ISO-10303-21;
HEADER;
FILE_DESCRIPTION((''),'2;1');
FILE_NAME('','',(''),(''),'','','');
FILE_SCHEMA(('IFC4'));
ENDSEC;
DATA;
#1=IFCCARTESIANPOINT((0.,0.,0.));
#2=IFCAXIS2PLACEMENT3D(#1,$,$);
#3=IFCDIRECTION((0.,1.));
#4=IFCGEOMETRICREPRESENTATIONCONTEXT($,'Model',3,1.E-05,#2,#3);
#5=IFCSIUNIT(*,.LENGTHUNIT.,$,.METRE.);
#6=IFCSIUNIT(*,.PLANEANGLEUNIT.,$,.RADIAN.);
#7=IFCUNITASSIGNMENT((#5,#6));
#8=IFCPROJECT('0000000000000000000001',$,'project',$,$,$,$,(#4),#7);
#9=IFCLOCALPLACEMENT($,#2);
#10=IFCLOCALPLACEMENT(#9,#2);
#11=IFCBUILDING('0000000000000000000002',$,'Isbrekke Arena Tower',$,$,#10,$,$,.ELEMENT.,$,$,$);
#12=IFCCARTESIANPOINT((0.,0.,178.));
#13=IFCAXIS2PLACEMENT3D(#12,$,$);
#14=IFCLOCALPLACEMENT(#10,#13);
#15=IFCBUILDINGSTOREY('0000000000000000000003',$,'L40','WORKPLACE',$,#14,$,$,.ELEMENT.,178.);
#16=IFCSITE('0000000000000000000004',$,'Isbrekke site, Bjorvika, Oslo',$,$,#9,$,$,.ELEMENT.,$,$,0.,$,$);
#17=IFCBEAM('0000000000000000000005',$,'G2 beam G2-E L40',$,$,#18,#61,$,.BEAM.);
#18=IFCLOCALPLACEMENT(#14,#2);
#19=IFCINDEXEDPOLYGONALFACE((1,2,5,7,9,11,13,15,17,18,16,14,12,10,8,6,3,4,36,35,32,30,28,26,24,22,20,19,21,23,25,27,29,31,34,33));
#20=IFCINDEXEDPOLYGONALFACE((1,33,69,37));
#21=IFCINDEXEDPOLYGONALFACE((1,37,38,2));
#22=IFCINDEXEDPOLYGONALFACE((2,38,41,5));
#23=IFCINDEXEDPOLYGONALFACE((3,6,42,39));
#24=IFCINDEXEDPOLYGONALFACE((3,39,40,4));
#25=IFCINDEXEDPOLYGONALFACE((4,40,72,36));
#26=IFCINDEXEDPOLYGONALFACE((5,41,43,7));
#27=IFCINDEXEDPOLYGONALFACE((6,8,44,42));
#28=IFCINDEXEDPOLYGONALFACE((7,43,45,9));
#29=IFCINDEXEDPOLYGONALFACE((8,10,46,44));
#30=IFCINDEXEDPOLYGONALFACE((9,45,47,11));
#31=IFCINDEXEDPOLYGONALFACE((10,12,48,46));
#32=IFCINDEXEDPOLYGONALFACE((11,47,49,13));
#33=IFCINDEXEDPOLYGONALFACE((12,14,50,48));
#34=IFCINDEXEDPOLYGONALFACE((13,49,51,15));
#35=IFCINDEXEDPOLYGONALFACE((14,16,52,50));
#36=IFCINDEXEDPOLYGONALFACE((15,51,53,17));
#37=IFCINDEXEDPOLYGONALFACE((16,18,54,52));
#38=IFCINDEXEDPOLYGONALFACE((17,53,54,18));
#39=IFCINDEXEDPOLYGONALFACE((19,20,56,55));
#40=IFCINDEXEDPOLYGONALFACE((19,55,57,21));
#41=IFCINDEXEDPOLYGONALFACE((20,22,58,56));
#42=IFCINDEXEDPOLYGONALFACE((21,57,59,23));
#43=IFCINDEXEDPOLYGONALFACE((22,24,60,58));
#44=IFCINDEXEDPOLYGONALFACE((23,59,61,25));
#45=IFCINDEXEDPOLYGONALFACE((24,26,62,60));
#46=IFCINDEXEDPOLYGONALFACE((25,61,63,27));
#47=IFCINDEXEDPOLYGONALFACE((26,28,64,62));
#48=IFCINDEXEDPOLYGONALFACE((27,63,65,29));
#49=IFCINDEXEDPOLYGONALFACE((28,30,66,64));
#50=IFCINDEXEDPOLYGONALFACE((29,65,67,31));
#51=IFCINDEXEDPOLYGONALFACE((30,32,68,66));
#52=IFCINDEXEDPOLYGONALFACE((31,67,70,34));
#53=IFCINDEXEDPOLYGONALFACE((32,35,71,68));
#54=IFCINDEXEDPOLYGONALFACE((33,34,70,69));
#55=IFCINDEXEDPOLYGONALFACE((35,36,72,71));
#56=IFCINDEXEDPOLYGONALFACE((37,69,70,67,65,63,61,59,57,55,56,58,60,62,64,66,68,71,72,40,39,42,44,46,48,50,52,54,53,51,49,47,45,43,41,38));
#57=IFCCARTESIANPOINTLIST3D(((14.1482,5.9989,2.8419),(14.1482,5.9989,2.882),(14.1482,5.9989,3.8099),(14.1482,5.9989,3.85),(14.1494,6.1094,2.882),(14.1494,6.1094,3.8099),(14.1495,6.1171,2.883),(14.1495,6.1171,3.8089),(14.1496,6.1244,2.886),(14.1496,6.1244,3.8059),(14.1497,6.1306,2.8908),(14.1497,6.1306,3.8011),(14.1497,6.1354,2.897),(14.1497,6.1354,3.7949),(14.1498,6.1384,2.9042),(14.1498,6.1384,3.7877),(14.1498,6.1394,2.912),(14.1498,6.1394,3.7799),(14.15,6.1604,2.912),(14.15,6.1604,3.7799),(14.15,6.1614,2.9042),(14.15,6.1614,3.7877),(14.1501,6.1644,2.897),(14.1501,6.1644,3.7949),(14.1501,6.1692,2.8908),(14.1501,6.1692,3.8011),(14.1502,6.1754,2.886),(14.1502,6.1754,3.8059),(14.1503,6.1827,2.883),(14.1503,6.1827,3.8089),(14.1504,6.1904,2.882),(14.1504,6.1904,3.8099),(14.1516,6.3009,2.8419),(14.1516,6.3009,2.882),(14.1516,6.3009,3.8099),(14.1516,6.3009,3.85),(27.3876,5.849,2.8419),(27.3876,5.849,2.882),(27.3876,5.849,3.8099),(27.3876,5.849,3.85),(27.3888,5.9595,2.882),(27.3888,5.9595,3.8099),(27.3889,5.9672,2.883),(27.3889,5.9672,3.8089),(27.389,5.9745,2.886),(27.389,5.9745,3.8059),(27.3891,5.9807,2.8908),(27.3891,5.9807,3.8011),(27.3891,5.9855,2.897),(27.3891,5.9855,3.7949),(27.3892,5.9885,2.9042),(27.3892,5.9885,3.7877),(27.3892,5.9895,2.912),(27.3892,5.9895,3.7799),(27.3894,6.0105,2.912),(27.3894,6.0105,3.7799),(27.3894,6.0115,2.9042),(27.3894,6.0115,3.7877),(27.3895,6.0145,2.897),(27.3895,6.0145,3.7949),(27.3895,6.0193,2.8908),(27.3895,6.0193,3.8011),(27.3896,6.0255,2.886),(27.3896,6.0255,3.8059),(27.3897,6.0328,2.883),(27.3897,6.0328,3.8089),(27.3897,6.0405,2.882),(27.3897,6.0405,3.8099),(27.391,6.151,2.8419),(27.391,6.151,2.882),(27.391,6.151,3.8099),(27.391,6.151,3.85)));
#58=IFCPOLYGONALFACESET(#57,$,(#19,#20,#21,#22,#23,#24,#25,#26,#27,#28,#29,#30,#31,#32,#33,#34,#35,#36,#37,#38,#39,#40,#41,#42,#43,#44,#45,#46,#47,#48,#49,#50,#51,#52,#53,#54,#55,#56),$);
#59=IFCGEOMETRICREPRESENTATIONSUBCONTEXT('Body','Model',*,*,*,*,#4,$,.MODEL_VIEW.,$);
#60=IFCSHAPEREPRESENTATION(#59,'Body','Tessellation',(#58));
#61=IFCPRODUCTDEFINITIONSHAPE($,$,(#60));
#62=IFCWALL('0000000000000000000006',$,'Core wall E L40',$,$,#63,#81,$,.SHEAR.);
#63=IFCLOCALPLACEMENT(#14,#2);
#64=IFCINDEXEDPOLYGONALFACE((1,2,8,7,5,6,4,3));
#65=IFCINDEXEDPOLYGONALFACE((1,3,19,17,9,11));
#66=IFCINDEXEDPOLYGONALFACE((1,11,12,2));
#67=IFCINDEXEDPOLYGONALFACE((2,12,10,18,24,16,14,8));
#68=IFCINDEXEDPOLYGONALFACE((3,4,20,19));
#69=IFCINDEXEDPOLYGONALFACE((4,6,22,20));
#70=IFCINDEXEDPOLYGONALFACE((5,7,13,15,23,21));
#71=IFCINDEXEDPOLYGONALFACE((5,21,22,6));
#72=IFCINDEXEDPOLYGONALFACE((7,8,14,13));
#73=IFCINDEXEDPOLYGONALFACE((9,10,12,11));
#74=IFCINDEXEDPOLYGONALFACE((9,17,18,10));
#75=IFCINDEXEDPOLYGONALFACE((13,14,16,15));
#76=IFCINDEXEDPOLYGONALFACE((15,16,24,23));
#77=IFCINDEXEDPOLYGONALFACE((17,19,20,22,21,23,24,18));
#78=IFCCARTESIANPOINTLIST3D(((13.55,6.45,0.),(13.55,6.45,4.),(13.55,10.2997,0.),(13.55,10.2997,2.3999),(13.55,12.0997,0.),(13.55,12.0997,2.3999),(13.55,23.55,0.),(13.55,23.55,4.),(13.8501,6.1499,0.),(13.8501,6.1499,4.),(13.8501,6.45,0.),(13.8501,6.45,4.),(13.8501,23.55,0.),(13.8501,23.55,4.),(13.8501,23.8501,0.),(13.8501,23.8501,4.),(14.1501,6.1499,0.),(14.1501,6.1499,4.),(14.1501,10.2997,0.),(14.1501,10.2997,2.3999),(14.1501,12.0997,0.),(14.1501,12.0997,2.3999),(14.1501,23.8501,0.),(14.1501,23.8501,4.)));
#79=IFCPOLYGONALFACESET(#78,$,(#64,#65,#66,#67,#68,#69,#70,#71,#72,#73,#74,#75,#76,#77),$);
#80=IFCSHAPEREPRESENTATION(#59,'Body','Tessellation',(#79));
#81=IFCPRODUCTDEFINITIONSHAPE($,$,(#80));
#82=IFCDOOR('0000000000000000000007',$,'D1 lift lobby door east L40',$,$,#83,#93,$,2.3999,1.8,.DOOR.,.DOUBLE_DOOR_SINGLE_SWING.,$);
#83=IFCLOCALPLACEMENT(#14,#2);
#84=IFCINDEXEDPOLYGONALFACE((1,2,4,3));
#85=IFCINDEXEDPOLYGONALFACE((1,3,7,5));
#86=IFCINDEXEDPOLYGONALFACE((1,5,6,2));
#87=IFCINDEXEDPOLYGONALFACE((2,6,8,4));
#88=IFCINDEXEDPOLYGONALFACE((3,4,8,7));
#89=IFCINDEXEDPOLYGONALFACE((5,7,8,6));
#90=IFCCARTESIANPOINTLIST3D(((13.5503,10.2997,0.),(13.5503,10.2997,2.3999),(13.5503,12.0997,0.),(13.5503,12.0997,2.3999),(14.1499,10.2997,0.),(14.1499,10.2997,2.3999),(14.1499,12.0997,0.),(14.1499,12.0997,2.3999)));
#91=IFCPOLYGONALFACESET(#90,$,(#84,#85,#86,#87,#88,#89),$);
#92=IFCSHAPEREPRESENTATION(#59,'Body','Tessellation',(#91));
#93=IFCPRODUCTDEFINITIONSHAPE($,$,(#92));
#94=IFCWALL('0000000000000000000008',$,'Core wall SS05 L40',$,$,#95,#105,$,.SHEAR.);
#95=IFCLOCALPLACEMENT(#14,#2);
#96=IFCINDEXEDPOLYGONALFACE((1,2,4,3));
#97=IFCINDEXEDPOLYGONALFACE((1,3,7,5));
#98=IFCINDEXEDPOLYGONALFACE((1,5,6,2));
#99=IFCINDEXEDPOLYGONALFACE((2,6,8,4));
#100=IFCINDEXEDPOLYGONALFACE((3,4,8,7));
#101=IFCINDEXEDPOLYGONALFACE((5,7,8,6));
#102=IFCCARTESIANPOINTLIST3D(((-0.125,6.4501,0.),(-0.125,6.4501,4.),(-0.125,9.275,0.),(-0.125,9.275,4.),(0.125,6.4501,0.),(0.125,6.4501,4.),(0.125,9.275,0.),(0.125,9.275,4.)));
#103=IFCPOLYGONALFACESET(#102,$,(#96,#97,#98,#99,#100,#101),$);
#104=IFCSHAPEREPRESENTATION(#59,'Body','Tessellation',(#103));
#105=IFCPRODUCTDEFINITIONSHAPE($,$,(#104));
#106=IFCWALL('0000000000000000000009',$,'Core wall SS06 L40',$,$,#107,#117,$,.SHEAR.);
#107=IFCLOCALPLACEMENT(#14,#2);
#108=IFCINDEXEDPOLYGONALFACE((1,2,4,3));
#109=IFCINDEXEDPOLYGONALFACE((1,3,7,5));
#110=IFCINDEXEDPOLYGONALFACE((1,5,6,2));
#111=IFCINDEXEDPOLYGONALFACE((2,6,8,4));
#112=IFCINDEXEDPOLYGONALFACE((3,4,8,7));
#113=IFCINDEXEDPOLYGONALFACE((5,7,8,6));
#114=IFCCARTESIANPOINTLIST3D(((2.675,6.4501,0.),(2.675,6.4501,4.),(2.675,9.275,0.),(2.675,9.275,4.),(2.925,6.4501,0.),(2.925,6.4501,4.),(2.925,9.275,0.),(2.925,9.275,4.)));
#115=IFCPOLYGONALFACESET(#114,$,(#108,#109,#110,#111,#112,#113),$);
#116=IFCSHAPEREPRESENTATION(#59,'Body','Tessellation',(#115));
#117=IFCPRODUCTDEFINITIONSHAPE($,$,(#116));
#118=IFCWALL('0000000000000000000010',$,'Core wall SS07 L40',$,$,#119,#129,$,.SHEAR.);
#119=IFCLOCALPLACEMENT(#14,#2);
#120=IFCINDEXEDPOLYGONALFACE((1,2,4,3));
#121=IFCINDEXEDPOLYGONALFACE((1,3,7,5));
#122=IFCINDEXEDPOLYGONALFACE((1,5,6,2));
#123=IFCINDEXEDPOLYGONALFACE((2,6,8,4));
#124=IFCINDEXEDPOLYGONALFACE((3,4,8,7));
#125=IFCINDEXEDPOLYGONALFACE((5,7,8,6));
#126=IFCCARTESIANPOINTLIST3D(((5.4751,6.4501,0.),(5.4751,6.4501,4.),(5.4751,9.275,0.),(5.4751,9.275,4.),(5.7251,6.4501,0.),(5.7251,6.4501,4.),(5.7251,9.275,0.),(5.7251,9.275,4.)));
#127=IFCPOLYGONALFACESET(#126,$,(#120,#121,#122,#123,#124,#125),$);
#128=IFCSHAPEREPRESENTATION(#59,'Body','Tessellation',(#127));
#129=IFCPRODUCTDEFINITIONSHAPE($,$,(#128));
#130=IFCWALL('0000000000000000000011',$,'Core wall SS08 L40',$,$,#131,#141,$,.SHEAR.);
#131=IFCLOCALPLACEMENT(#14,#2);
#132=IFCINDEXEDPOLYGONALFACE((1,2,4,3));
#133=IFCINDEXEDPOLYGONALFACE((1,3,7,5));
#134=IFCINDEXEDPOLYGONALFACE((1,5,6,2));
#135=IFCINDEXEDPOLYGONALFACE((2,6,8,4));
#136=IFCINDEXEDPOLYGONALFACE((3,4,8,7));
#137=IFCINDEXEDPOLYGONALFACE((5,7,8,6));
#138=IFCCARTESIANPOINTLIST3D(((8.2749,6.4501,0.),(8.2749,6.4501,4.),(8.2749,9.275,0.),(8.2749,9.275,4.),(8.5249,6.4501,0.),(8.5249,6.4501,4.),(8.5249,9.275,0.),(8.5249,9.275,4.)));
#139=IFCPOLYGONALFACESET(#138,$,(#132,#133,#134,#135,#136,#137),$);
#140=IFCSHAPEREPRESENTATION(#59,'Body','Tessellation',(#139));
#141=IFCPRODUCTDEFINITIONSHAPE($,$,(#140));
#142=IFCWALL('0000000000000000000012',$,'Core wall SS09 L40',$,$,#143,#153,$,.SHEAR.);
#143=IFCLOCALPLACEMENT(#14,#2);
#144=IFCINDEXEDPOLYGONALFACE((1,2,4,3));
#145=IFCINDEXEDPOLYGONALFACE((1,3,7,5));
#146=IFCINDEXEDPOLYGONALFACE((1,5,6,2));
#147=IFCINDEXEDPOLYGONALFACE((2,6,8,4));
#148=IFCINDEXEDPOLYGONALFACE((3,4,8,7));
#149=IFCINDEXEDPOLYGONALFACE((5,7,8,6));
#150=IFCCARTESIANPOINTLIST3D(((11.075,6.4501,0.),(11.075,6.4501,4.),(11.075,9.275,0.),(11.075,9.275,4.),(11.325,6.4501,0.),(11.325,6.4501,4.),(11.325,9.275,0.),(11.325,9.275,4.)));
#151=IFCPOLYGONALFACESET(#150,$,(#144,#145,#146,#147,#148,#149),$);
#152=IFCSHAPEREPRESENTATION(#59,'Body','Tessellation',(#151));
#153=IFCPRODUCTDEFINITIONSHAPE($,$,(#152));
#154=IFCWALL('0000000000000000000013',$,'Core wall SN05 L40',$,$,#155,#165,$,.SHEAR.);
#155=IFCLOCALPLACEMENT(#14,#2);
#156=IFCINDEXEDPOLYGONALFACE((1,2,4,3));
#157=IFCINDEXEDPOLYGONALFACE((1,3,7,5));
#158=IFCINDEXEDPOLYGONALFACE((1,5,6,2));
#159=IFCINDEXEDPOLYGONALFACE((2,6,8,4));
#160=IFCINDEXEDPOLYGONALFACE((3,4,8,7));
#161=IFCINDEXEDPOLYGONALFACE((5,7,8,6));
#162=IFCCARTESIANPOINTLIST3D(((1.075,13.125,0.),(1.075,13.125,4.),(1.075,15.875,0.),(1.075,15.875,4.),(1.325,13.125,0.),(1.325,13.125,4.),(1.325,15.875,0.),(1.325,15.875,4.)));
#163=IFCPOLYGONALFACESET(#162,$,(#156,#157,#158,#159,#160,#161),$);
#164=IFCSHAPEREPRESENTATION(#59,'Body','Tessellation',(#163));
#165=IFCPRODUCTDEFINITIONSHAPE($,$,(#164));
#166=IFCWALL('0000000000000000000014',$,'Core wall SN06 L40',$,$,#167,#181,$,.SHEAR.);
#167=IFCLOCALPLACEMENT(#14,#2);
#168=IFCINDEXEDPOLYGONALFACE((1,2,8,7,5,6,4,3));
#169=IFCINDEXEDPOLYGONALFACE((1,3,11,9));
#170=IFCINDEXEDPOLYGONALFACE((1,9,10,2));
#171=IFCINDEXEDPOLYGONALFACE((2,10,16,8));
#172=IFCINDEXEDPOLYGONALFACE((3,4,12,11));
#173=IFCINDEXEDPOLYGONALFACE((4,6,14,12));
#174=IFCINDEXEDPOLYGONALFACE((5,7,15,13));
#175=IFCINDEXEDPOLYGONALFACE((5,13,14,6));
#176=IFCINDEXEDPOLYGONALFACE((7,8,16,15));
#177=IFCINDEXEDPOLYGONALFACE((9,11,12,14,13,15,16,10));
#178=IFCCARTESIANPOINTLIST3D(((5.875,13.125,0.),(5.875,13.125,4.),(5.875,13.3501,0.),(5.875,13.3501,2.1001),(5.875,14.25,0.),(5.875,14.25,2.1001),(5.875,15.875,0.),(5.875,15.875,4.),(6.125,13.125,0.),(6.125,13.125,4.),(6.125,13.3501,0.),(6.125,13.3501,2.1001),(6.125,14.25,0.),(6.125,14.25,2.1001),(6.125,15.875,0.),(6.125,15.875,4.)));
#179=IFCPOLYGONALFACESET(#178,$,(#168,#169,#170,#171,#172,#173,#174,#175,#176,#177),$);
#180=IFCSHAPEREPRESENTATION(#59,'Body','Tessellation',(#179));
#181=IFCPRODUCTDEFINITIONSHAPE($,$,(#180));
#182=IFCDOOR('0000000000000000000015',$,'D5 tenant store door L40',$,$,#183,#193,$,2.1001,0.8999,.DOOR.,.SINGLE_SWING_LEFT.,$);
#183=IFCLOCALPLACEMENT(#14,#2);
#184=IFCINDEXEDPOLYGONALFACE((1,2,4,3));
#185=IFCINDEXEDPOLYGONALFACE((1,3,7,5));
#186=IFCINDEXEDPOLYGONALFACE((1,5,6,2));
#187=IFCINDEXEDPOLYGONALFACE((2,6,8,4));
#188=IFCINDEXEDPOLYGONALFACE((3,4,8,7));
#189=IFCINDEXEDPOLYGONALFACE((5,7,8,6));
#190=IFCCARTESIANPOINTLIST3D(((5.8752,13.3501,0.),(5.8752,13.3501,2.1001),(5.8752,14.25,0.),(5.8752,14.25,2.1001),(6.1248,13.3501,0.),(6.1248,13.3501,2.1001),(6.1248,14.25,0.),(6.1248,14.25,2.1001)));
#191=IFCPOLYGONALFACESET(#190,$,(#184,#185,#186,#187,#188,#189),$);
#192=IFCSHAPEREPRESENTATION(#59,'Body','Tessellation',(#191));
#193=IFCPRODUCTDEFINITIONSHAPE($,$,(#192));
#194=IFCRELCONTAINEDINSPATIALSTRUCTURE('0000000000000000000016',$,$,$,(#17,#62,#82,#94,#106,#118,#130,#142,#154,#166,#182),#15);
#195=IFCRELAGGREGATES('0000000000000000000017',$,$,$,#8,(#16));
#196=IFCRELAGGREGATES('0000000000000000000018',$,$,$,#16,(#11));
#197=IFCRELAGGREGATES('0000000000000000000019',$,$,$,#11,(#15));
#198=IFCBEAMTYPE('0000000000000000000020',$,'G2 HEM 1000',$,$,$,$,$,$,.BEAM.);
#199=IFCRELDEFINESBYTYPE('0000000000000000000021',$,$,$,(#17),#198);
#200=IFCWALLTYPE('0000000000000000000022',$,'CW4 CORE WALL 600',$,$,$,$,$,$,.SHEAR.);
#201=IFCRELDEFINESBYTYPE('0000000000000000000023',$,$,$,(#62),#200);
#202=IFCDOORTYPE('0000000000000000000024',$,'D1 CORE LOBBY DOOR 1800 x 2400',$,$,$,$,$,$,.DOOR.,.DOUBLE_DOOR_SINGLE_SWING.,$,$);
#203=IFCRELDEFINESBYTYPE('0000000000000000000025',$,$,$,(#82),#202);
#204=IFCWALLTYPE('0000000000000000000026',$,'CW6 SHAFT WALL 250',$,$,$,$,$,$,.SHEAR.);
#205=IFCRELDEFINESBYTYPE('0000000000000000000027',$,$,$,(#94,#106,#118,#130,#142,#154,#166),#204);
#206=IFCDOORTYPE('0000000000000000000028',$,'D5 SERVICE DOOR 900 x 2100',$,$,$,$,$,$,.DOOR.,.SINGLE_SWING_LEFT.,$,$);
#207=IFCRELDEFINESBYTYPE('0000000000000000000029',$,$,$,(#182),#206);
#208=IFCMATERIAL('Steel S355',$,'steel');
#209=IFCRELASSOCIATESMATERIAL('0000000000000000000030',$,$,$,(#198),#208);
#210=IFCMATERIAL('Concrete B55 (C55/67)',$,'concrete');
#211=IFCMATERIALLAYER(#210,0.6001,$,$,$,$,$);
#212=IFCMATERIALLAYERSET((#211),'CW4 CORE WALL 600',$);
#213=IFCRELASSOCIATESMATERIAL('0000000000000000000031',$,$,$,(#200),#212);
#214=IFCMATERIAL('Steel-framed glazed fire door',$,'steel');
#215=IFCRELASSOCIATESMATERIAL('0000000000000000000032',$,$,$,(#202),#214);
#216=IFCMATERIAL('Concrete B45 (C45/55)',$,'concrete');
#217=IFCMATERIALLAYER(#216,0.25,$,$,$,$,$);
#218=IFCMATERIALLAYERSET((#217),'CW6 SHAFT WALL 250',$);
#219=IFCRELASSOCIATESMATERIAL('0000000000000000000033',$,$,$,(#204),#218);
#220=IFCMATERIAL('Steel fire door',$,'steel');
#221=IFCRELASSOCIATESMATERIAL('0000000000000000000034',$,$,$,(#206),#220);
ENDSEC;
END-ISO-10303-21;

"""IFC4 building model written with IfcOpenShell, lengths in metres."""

from ifc_helpers import new_model, si_unit, direction, frame, frame_2d, origin, origin_2d, place, context, subcontext, project, spatial, polyline, rectangle, i_section, outline, extrude, material, layer, layer_set, material_profile, profile_set, type_object, element, fill, save


model = new_model("IFC4")

# Units and contexts
model_context = context("Model", 3, precision=1e-05, world=origin(), true_north=direction((0.0, 1.0)))
body_context = subcontext(model_context, "Body", "Model", "MODEL_VIEW")
ifc_project = project(units=[si_unit("LENGTHUNIT", "METRE"), si_unit("PLANEANGLEUNIT", "RADIAN")], contexts=[model_context])

# Site, building, storey
site_placement = place(None, origin())
site = spatial("IfcSite", under=ifc_project, at=site_placement, Name="Isbrekke site, Bjorvika, Oslo", CompositionType="ELEMENT", RefElevation=0.0)
building_placement = place(site_placement, origin())
building = spatial("IfcBuilding", under=site, at=building_placement, Name="Isbrekke Arena Tower", CompositionType="ELEMENT")
storey_placement = place(building_placement, frame((0.0, 0.0, 178.0)))
storey = spatial("IfcBuildingStorey", under=building, at=storey_placement, Name="L40", Description="WORKPLACE", CompositionType="ELEMENT", Elevation=178.0)

# Beam
ifc_material_1 = material(Name="Steel S355", Category="steel")
ifc_material_profile = material_profile(ifc_material_1, i_section(OverallWidth=0.302, OverallDepth=1.0081, WebThickness=0.021, FlangeThickness=0.04, FilletRadius=0.03, at=origin_2d()), Name="HEM 1000")
ifc_profile_set = profile_set([ifc_material_profile], Name="Steel S355")
beam_type = type_object("IfcBeamType", Name="G2 HEM 1000", PredefinedType="BEAM", material=ifc_profile_set)
beam_placement = place(storey_placement, frame((14.1499, 6.1499, 3.3459), z_axis=(0.999936, -0.011322, 0.0), x_axis=(0.011322, 0.999936, 0.0)))
element("IfcBeam", 1, at=beam_placement, inside=storey, type_object=beam_type, Name="G2 beam G2-E L40", PredefinedType="BEAM", context=body_context, shape_type="SweptSolid", body=[
    extrude(i_section(OverallWidth=0.302, OverallDepth=1.0081, WebThickness=0.021, FlangeThickness=0.04, FilletRadius=0.03, at=origin_2d()), origin(), (0.0, 0.0, 1.0), 13.2402),
])

# Wall, opening, door
ifc_material_2 = material(Name="Concrete B55 (C55/67)", Category="concrete")
ifc_layer_1 = layer(ifc_material_2, 0.6001)
ifc_layer_set_1 = layer_set([ifc_layer_1], Name="CW4 CORE WALL 600")
wall_type_1 = type_object("IfcWallType", Name="CW4 CORE WALL 600", PredefinedType="SHEAR", material=ifc_layer_set_1)
wall_1_placement = place(storey_placement, frame((13.8501, 6.1499, 0.0), z_axis=(0.0, 0.0, 1.0), x_axis=(0.0, 1.0, 0.0)))
wall_1 = element("IfcWall", 2, at=wall_1_placement, inside=storey, type_object=wall_type_1, Name="Core wall E L40", PredefinedType="SHEAR", context=body_context, shape_type="SweptSolid", body=[
    extrude(outline(polyline([(0.0, -0.3), (17.7002, -0.3), (17.7002, 0.0), (17.4001, 0.0), (17.4001, 0.3), (0.3, 0.3), (0.3, 0.0), (0.0, 0.0), (0.0, -0.3)])), origin(), (0.0, 0.0, 1.0), 4.0),
])
opening_1_placement = place(wall_1_placement, frame((4.1499, 0.0, 0.0)))
opening_1 = element("IfcOpeningElement", 3, at=opening_1_placement, cuts=wall_1, PredefinedType="OPENING", context=body_context, shape_type="SweptSolid", body=[
    extrude(rectangle(XDim=1.8, YDim=2.3999, at=frame_2d((0.8999, 1.2))), frame((0.0, 0.3149, 0.0), z_axis=(0.0, -1.0, 0.0), x_axis=(1.0, 0.0, 0.0)), (0.0, 0.0, 1.0), 0.6299),
])
ifc_material_3 = material(Name="Steel-framed glazed fire door", Category="steel")
door_type_1 = type_object("IfcDoorType", Name="D1 CORE LOBBY DOOR 1800 x 2400", OperationType="DOUBLE_DOOR_SINGLE_SWING", PredefinedType="DOOR", material=ifc_material_3)
door_1_placement = place(opening_1_placement, origin())
door_1 = element("IfcDoor", 4, at=door_1_placement, inside=storey, type_object=door_type_1, Name="D1 lift lobby door east L40", OperationType="DOUBLE_DOOR_SINGLE_SWING", OverallHeight=2.3999, OverallWidth=1.8, PredefinedType="DOOR", context=body_context, shape_type="SweptSolid", body=[
    extrude(rectangle(XDim=1.8, YDim=2.3999, at=frame_2d((0.8999, 1.2))), frame((0.0, 0.2998, 0.0), z_axis=(0.0, -1.0, 0.0), x_axis=(1.0, 0.0, 0.0)), (0.0, 0.0, 1.0), 0.5996),
])
fill(opening_1, door_1)

# Walls
ifc_material_4 = material(Name="Concrete B45 (C45/55)", Category="concrete")
ifc_layer_2 = layer(ifc_material_4, 0.25)
ifc_layer_set_2 = layer_set([ifc_layer_2], Name="CW6 SHAFT WALL 250")
wall_type_2 = type_object("IfcWallType", Name="CW6 SHAFT WALL 250", PredefinedType="SHEAR", material=ifc_layer_set_2)
for number, where, z_axis, x_axis, name in (
    (5, (0.0, 6.45, 0.0), (0.0, 0.0, 1.0), (0.0, 1.0, 0.0), "Core wall SS05 L40"),
    (6, (2.8, 6.45, 0.0), (0.0, 0.0, 1.0), (0.0, 1.0, 0.0), "Core wall SS06 L40"),
    (7, (5.6001, 6.45, 0.0), (0.0, 0.0, 1.0), (0.0, 1.0, 0.0), "Core wall SS07 L40"),
    (8, (8.3999, 6.45, 0.0), (0.0, 0.0, 1.0), (0.0, 1.0, 0.0), "Core wall SS08 L40"),
    (9, (11.2, 6.45, 0.0), (0.0, 0.0, 1.0), (0.0, 1.0, 0.0), "Core wall SS09 L40"),
):
    element("IfcWall", number, at=place(storey_placement, frame(where, z_axis=z_axis, x_axis=x_axis)), inside=storey, type_object=wall_type_2, Name=name, PredefinedType="SHEAR", context=body_context, shape_type="SweptSolid", body=[
        extrude(rectangle(XDim=2.825, YDim=0.25, at=frame_2d((1.4126, 0.0))), origin(), (0.0, 0.0, 1.0), 4.0),
    ])
wall_2_placement = place(storey_placement, frame((1.2, 13.125, 0.0), z_axis=(0.0, 0.0, 1.0), x_axis=(0.0, 1.0, 0.0)))
element("IfcWall", 10, at=wall_2_placement, inside=storey, type_object=wall_type_2, Name="Core wall SN05 L40", PredefinedType="SHEAR", context=body_context, shape_type="SweptSolid", body=[
    extrude(rectangle(XDim=2.75, YDim=0.25, at=frame_2d((1.375, 0.0))), origin(), (0.0, 0.0, 1.0), 4.0),
])

# Wall, opening, door
wall_3_placement = place(storey_placement, frame((6.0, 13.125, 0.0), z_axis=(0.0, 0.0, 1.0), x_axis=(0.0, 1.0, 0.0)))
wall_3 = element("IfcWall", 11, at=wall_3_placement, inside=storey, type_object=wall_type_2, Name="Core wall SN06 L40", PredefinedType="SHEAR", context=body_context, shape_type="SweptSolid", body=[
    extrude(rectangle(XDim=2.75, YDim=0.25, at=frame_2d((1.375, 0.0))), origin(), (0.0, 0.0, 1.0), 4.0),
])
opening_2_placement = place(wall_3_placement, frame((0.2251, 0.0, 0.0)))
opening_2 = element("IfcOpeningElement", 12, at=opening_2_placement, cuts=wall_3, PredefinedType="OPENING", context=body_context, shape_type="SweptSolid", body=[
    extrude(rectangle(XDim=0.8999, YDim=2.1001, at=frame_2d((0.45, 1.05))), frame((0.0, 0.1399, 0.0), z_axis=(0.0, -1.0, 0.0), x_axis=(1.0, 0.0, 0.0)), (0.0, 0.0, 1.0), 0.2798),
])
ifc_material_5 = material(Name="Steel fire door", Category="steel")
door_type_2 = type_object("IfcDoorType", Name="D5 SERVICE DOOR 900 x 2100", OperationType="SINGLE_SWING_LEFT", PredefinedType="DOOR", material=ifc_material_5)
door_2_placement = place(opening_2_placement, frame((0.8999, 0.0, 0.0), z_axis=(0.0, 0.0, 1.0), x_axis=(-1.0, 0.0, 0.0)))
door_2 = element("IfcDoor", 13, at=door_2_placement, inside=storey, type_object=door_type_2, Name="D5 tenant store door L40", OperationType="SINGLE_SWING_LEFT", OverallHeight=2.1001, OverallWidth=0.8999, PredefinedType="DOOR", context=body_context, shape_type="SweptSolid", body=[
    extrude(rectangle(XDim=0.8999, YDim=2.1001, at=frame_2d((0.45, 1.05))), frame((0.0, 0.1248, 0.0), z_axis=(0.0, -1.0, 0.0), x_axis=(1.0, 0.0, 0.0)), (0.0, 0.0, 1.0), 0.2495),
])
fill(opening_2, door_2)

save(model, "model.ifc")
